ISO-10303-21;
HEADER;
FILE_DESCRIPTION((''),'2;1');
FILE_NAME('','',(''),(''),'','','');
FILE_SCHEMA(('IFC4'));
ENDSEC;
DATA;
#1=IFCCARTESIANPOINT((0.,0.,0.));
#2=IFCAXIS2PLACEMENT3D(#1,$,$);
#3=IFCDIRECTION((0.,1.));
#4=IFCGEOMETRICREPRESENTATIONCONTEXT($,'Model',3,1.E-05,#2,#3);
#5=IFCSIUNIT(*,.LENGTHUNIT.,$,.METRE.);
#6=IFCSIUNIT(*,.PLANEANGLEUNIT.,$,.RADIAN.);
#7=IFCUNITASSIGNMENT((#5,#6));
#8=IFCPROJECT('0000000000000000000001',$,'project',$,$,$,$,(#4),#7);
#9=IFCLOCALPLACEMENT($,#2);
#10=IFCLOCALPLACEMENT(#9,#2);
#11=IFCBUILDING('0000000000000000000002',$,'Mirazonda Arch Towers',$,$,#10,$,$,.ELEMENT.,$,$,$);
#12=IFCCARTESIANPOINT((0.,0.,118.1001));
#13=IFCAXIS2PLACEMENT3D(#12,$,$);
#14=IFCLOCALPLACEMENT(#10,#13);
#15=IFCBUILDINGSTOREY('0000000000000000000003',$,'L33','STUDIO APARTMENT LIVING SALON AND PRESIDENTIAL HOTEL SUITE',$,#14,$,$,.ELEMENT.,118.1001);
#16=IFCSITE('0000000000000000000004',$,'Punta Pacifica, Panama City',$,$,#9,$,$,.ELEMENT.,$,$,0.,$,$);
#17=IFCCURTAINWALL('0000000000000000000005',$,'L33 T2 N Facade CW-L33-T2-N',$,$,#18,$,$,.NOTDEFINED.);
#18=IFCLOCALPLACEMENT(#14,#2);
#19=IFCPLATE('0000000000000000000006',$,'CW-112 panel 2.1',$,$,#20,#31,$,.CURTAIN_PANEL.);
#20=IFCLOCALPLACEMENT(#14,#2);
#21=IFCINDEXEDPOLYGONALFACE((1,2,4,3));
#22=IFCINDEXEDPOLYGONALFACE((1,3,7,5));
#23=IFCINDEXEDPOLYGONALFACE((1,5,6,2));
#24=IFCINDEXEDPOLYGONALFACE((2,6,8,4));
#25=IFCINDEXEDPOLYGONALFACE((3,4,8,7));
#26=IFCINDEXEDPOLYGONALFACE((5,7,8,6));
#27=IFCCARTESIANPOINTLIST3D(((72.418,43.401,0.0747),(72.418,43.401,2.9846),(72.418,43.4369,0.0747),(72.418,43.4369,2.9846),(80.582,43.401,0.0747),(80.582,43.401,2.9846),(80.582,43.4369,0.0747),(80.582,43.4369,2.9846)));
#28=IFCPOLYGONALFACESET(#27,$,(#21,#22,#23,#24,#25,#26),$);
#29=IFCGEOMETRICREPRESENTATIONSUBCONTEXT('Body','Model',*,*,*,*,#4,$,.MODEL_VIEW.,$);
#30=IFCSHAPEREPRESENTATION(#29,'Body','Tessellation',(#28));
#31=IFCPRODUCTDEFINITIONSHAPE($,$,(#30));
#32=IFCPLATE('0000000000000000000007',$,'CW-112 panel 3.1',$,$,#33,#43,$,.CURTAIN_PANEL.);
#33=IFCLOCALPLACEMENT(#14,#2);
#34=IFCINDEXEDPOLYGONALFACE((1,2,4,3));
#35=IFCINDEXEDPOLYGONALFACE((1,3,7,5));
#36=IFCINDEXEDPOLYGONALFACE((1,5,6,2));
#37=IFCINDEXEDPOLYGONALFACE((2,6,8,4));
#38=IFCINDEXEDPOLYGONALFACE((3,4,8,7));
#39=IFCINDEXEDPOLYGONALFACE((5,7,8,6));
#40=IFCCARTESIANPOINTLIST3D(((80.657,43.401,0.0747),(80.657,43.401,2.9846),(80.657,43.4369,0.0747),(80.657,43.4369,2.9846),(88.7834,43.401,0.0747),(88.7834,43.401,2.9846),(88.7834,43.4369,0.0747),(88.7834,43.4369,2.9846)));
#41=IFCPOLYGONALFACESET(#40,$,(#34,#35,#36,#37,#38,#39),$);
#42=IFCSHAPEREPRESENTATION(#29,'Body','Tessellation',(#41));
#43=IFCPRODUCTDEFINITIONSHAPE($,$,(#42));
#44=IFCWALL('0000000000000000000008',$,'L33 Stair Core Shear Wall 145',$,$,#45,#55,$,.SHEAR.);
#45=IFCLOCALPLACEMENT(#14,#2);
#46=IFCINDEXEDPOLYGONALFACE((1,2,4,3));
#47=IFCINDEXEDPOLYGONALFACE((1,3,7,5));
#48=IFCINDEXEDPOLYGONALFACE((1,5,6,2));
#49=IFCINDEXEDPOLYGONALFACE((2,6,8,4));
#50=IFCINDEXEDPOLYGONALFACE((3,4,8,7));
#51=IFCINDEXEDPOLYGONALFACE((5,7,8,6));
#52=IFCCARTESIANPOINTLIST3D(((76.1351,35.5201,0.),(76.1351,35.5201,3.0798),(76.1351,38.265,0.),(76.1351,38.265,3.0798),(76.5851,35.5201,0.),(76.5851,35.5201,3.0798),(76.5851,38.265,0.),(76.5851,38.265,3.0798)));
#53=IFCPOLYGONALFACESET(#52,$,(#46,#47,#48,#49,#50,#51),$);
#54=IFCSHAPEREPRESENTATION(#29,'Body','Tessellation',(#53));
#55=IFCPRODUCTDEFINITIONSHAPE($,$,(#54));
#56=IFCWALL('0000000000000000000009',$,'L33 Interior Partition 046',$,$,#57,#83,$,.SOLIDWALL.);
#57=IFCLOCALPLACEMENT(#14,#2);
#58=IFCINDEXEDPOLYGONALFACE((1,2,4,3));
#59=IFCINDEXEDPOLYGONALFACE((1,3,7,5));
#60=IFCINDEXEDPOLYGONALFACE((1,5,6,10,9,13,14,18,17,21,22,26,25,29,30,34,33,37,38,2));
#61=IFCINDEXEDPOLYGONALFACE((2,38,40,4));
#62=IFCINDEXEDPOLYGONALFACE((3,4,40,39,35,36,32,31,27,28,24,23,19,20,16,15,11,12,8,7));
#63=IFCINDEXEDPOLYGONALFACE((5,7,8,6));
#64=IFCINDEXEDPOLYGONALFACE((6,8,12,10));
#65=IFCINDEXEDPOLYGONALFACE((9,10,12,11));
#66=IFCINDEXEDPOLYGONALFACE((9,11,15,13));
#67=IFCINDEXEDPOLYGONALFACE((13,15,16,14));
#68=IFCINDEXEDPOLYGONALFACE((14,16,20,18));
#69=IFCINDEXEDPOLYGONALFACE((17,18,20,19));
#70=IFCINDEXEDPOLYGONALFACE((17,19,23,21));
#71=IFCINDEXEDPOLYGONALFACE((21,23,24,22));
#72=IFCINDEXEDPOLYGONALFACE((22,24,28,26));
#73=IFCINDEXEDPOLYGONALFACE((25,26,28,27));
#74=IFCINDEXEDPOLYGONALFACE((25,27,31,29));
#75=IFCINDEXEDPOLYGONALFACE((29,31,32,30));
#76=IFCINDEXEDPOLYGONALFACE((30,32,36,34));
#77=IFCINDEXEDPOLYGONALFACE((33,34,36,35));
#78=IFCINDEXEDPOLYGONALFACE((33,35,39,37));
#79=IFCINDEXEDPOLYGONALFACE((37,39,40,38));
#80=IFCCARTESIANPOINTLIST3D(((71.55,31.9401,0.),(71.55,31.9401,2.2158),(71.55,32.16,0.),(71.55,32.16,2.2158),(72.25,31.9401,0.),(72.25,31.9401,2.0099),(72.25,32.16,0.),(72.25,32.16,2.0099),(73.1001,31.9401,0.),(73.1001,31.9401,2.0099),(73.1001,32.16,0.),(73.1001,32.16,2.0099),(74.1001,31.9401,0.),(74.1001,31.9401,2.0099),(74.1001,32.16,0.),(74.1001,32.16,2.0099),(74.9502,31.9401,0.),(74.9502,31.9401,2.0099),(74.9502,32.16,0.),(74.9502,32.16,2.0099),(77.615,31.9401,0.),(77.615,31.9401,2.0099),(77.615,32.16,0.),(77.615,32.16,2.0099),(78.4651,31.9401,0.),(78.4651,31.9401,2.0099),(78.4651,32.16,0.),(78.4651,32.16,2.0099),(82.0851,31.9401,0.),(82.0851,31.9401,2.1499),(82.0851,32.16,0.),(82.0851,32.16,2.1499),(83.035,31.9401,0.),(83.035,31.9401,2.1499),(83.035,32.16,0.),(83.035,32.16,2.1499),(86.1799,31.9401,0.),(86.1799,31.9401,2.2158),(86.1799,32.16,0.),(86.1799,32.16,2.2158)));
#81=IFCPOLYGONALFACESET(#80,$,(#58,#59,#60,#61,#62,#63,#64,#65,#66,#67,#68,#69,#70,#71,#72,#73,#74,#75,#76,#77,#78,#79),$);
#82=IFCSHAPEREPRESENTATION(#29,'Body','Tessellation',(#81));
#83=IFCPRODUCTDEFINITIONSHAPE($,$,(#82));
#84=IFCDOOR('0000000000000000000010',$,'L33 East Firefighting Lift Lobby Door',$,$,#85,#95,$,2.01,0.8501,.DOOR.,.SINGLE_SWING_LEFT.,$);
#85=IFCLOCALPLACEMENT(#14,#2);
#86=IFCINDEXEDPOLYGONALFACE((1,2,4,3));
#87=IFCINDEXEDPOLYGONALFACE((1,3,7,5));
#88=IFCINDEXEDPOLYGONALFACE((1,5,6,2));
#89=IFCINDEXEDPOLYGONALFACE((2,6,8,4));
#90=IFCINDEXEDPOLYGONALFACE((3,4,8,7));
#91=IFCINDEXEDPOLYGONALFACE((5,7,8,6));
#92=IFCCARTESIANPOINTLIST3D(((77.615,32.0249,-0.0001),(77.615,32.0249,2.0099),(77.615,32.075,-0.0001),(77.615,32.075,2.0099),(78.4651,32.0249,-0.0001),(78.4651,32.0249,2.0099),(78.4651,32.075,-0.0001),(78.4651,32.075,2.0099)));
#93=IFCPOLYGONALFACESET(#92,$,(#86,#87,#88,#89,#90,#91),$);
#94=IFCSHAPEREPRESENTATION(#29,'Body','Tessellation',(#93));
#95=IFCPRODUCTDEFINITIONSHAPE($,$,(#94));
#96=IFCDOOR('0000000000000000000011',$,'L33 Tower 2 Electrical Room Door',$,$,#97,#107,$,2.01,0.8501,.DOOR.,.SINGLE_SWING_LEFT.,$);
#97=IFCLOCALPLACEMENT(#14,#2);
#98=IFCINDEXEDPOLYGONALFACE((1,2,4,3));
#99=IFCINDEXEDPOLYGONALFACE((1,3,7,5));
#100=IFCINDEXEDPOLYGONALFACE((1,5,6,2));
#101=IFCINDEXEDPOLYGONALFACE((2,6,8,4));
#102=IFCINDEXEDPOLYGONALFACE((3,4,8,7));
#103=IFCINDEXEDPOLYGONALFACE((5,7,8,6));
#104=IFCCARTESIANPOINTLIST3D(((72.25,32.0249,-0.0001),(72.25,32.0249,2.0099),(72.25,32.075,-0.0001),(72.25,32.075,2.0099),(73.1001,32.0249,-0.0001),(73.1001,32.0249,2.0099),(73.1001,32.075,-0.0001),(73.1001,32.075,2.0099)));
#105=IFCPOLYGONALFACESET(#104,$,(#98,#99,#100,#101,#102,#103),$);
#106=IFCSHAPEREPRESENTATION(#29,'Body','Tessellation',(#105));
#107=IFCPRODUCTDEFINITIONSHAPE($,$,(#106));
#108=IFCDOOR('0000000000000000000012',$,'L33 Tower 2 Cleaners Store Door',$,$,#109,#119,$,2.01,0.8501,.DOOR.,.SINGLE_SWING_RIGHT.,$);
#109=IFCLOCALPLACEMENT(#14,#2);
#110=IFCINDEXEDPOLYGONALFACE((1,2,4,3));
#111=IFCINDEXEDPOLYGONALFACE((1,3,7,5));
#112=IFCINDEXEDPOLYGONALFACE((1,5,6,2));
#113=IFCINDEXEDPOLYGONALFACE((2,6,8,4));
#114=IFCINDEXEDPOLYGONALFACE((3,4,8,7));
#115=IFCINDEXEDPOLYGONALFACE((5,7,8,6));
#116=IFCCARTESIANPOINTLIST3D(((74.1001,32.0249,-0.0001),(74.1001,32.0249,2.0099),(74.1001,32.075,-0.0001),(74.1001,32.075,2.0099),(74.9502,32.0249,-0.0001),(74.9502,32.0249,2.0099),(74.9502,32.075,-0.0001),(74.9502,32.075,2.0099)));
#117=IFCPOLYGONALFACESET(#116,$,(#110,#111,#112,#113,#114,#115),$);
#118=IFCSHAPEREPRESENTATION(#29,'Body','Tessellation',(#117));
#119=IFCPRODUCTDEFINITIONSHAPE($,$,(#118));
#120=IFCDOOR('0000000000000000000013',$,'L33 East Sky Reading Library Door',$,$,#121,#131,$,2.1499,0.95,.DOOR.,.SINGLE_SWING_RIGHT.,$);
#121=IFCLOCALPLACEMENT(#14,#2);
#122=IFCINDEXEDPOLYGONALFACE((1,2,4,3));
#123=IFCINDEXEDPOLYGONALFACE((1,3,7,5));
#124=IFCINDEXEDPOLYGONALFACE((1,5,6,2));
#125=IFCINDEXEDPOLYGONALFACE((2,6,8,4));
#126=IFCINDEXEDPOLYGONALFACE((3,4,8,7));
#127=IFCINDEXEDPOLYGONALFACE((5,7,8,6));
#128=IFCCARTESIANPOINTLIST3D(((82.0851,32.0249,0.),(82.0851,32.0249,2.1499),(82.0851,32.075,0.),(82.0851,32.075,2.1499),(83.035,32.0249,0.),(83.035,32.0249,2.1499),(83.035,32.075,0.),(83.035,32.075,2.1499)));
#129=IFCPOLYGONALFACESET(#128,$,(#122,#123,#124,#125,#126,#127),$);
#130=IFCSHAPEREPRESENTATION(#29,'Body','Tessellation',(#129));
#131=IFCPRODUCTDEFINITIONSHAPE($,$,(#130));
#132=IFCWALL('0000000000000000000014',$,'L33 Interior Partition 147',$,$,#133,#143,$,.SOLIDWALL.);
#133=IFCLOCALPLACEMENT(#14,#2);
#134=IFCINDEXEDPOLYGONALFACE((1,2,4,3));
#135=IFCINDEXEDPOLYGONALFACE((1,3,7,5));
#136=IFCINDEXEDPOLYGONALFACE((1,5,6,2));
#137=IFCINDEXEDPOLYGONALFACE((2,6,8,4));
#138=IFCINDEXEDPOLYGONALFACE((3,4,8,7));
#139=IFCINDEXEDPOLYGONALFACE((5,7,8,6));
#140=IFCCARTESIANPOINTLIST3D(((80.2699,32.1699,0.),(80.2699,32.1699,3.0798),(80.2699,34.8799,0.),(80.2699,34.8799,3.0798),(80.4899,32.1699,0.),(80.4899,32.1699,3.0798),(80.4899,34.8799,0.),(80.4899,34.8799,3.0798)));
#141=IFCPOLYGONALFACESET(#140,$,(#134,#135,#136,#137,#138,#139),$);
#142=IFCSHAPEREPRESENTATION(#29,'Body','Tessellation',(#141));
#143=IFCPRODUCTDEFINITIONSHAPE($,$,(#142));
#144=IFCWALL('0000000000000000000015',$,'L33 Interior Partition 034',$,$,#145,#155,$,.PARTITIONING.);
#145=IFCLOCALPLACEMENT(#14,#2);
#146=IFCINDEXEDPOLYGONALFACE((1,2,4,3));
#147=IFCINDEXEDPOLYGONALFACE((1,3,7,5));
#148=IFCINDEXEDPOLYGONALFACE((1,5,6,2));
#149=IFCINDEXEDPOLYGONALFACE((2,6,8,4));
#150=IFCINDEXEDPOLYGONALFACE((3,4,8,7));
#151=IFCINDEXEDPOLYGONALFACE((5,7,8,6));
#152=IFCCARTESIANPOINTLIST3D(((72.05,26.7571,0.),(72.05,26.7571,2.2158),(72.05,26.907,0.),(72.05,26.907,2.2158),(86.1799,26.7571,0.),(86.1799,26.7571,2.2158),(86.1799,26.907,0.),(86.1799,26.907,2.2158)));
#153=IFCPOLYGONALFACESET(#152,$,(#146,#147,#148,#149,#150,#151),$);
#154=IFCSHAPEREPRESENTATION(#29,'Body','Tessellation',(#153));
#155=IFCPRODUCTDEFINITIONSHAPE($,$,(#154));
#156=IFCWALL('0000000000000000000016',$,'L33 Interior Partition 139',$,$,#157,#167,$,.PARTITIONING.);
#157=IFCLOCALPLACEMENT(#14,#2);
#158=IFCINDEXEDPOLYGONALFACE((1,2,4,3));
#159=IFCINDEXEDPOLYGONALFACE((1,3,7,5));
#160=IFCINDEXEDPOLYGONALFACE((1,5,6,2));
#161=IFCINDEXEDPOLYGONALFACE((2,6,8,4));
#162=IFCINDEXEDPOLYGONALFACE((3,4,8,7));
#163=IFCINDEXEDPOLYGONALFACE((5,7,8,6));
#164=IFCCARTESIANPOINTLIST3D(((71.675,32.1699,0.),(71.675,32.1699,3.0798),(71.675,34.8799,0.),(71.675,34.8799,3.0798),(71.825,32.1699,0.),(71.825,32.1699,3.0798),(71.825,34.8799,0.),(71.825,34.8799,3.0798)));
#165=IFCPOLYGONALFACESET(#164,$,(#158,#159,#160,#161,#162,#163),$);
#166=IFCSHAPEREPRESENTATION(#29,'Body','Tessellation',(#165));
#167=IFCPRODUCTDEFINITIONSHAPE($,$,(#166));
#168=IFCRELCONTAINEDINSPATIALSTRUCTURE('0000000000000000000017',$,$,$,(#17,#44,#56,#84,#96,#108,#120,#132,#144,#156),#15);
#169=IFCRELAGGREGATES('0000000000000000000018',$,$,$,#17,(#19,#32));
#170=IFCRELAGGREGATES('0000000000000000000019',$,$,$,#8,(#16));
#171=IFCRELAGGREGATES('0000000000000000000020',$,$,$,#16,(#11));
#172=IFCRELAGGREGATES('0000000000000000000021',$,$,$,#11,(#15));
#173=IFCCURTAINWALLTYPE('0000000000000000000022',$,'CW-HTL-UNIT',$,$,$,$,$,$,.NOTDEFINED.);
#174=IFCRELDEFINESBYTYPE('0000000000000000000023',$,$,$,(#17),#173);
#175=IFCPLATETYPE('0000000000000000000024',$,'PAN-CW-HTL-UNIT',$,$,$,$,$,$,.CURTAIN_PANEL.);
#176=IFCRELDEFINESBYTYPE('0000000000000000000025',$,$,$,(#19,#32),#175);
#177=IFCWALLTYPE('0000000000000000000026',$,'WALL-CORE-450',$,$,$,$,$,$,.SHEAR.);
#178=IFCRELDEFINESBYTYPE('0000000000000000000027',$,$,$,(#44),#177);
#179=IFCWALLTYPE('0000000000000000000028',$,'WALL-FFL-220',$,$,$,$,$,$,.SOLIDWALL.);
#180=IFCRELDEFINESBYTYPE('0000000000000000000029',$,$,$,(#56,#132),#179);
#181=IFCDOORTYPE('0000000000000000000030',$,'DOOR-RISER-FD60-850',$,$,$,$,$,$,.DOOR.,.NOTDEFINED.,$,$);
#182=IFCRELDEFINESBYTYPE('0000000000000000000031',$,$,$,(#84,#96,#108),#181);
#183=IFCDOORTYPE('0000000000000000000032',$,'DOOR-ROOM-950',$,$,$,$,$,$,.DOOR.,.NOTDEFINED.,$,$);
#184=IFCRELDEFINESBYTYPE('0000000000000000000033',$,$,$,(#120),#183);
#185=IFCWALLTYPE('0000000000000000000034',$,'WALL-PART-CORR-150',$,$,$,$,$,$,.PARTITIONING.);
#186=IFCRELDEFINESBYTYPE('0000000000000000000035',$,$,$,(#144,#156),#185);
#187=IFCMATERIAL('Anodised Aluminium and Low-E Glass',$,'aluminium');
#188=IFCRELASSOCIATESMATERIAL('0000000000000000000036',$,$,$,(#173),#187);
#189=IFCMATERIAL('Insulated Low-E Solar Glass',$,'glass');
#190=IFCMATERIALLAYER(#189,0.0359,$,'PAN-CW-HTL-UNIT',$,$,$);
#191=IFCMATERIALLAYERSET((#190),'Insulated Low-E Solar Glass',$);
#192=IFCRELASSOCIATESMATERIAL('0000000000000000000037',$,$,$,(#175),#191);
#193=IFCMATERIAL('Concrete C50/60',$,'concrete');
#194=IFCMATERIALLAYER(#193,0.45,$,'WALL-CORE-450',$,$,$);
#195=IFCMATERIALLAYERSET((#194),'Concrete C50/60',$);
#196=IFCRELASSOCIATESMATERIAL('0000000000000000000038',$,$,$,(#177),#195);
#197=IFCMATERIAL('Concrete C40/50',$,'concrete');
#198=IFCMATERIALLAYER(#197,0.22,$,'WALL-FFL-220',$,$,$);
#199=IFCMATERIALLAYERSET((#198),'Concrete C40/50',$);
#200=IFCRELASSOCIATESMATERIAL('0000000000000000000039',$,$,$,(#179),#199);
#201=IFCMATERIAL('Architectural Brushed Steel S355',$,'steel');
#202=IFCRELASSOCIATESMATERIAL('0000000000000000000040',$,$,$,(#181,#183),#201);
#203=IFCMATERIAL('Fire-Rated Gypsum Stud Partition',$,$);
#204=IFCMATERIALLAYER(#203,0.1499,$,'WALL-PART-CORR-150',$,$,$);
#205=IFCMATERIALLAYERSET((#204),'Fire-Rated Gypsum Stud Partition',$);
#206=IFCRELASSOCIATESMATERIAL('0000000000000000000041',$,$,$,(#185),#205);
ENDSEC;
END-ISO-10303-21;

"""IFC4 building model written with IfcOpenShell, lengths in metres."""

from ifc_helpers import new_model, si_unit, direction, frame, frame_2d, origin, origin_2d, place, context, subcontext, project, spatial, rectangle, extrude, material, layer, layer_set, type_object, element, fill, aggregate, save


model = new_model("IFC4")

# Units and contexts
model_context = context("Model", 3, precision=1e-05, world=origin(), true_north=direction((0.0, 1.0)))
body_context = subcontext(model_context, "Body", "Model", "MODEL_VIEW")
ifc_project = project(units=[si_unit("LENGTHUNIT", "METRE"), si_unit("PLANEANGLEUNIT", "RADIAN")], contexts=[model_context])

# Site, building, storey
site_placement = place(None, origin())
site = spatial("IfcSite", under=ifc_project, at=site_placement, Name="Punta Pacifica, Panama City", CompositionType="ELEMENT", RefElevation=0.0)
building_placement = place(site_placement, origin())
building = spatial("IfcBuilding", under=site, at=building_placement, Name="Mirazonda Arch Towers", CompositionType="ELEMENT")
storey_placement = place(building_placement, frame((0.0, 0.0, 118.1001)))
storey = spatial("IfcBuildingStorey", under=building, at=storey_placement, Name="L33", Description="STUDIO APARTMENT LIVING SALON AND PRESIDENTIAL HOTEL SUITE", CompositionType="ELEMENT", Elevation=118.1001)

# Shared definitions
ifc_material_1 = material(Name="Concrete C50/60", Category="concrete")

# Curtain wall, plates
ifc_material_2 = material(Name="Anodised Aluminium and Low-E Glass", Category="aluminium")
curtain_wall_type = type_object("IfcCurtainWallType", Name="CW-HTL-UNIT", PredefinedType="NOTDEFINED", material=ifc_material_2)
curtain_wall_placement = place(storey_placement, origin())
curtain_wall = element("IfcCurtainWall", 1, at=curtain_wall_placement, inside=storey, type_object=curtain_wall_type, Name="L33 T2 N Facade CW-L33-T2-N", PredefinedType="NOTDEFINED")
ifc_material_3 = material(Name="Insulated Low-E Solar Glass", Category="glass")
ifc_layer_1 = layer(ifc_material_3, 0.0359, Name="PAN-CW-HTL-UNIT")
ifc_layer_set_1 = layer_set([ifc_layer_1], Name="Insulated Low-E Solar Glass")
plate_type = type_object("IfcPlateType", Name="PAN-CW-HTL-UNIT", PredefinedType="CURTAIN_PANEL", material=ifc_layer_set_1)
plate_1_placement = place(storey_placement, frame((76.5, 43.4189, 0.0747), z_axis=(0.0, 0.0, 1.0), x_axis=(1.0, 0.0, 0.0)))
plate_1 = element("IfcPlate", 2, at=plate_1_placement, type_object=plate_type, Name="CW-112 panel 2.1", PredefinedType="CURTAIN_PANEL", context=body_context, shape_type="SweptSolid", body=[
    extrude(rectangle(XDim=8.1641, YDim=0.0359, at=origin_2d()), origin(), (0.0, 0.0, 1.0), 2.9099),
])
plate_2_placement = place(storey_placement, frame((84.7202, 43.4189, 0.0747), z_axis=(0.0, 0.0, 1.0), x_axis=(1.0, 0.0, 0.0)))
plate_2 = element("IfcPlate", 3, at=plate_2_placement, type_object=plate_type, Name="CW-112 panel 3.1", PredefinedType="CURTAIN_PANEL", context=body_context, shape_type="SweptSolid", body=[
    extrude(rectangle(XDim=8.1265, YDim=0.0359, at=origin_2d()), origin(), (0.0, 0.0, 1.0), 2.9099),
])
aggregate(curtain_wall, [plate_1, plate_2])

# Wall
ifc_layer_2 = layer(ifc_material_1, 0.45, Name="WALL-CORE-450")
ifc_layer_set_2 = layer_set([ifc_layer_2], Name="Concrete C50/60")
wall_type_1 = type_object("IfcWallType", Name="WALL-CORE-450", PredefinedType="SHEAR", material=ifc_layer_set_2)
wall_1_placement = place(storey_placement, frame((76.3601, 35.52, 0.0), z_axis=(0.0, 0.0, 1.0), x_axis=(0.0, 1.0, 0.0)))
element("IfcWall", 4, at=wall_1_placement, inside=storey, type_object=wall_type_1, Name="L33 Stair Core Shear Wall 145", PredefinedType="SHEAR", context=body_context, shape_type="SweptSolid", body=[
    extrude(rectangle(XDim=2.7449, YDim=0.45, at=frame_2d((1.3726, 0.0))), origin(), (0.0, 0.0, 1.0), 3.0798),
])

# Wall, openings, doors
ifc_material_4 = material(Name="Concrete C40/50", Category="concrete")
ifc_layer_3 = layer(ifc_material_4, 0.22, Name="WALL-FFL-220")
ifc_layer_set_3 = layer_set([ifc_layer_3], Name="Concrete C40/50")
wall_type_2 = type_object("IfcWallType", Name="WALL-FFL-220", PredefinedType="SOLIDWALL", material=ifc_layer_set_3)
wall_2_placement = place(storey_placement, frame((71.55, 32.05, 0.0), z_axis=(0.0, 0.0, 1.0), x_axis=(1.0, 0.0, 0.0)))
wall_2 = element("IfcWall", 5, at=wall_2_placement, inside=storey, type_object=wall_type_2, Name="L33 Interior Partition 046", PredefinedType="SOLIDWALL", context=body_context, shape_type="SweptSolid", body=[
    extrude(rectangle(XDim=14.6299, YDim=0.22, at=frame_2d((7.3149, 0.0))), origin(), (0.0, 0.0, 1.0), 2.2158),
])
opening_1_placement = place(wall_2_placement, frame((6.0649, 0.0, 0.0)))
opening_1 = element("IfcOpeningElement", 6, at=opening_1_placement, cuts=wall_2, PredefinedType="OPENING", context=body_context, shape_type="SweptSolid", body=[
    extrude(rectangle(XDim=0.8501, YDim=2.01, at=frame_2d((0.425, 1.0049))), frame((0.0, 0.1199, 0.0), z_axis=(0.0, -1.0, 0.0), x_axis=(1.0, 0.0, 0.0)), (0.0, 0.0, 1.0), 0.24),
])
opening_2_placement = place(wall_2_placement, frame((10.5349, 0.0, 0.0)))
opening_2 = element("IfcOpeningElement", 7, at=opening_2_placement, cuts=wall_2, PredefinedType="OPENING", context=body_context, shape_type="SweptSolid", body=[
    extrude(rectangle(XDim=0.95, YDim=2.1499, at=frame_2d((0.4751, 1.075))), frame((0.0, 0.1199, 0.0), z_axis=(0.0, -1.0, 0.0), x_axis=(1.0, 0.0, 0.0)), (0.0, 0.0, 1.0), 0.24),
])
opening_3_placement = place(wall_2_placement, frame((0.7, 0.0, 0.0)))
opening_3 = element("IfcOpeningElement", 8, at=opening_3_placement, cuts=wall_2, PredefinedType="OPENING", context=body_context, shape_type="SweptSolid", body=[
    extrude(rectangle(XDim=0.8501, YDim=2.01, at=frame_2d((0.425, 1.0049))), frame((0.0, 0.1199, 0.0), z_axis=(0.0, -1.0, 0.0), x_axis=(1.0, 0.0, 0.0)), (0.0, 0.0, 1.0), 0.24),
])
opening_4_placement = place(wall_2_placement, frame((2.55, 0.0, 0.0)))
opening_4 = element("IfcOpeningElement", 9, at=opening_4_placement, cuts=wall_2, PredefinedType="OPENING", context=body_context, shape_type="SweptSolid", body=[
    extrude(rectangle(XDim=0.8501, YDim=2.01, at=frame_2d((0.425, 1.0049))), frame((0.0, 0.1199, 0.0), z_axis=(0.0, -1.0, 0.0), x_axis=(1.0, 0.0, 0.0)), (0.0, 0.0, 1.0), 0.24),
])
ifc_material_5 = material(Name="Architectural Brushed Steel S355", Category="steel")
door_type_1 = type_object("IfcDoorType", Name="DOOR-RISER-FD60-850", OperationType="NOTDEFINED", PredefinedType="DOOR", material=ifc_material_5)
door_1_placement = place(opening_1_placement, origin())
door_1 = element("IfcDoor", 10, at=door_1_placement, inside=storey, type_object=door_type_1, Name="L33 East Firefighting Lift Lobby Door", OperationType="SINGLE_SWING_LEFT", OverallHeight=2.01, OverallWidth=0.8501, PredefinedType="DOOR", context=body_context, shape_type="SweptSolid", body=[
    extrude(rectangle(XDim=0.8501, YDim=2.01, at=frame_2d((0.425, 1.0049))), frame((0.0, 0.0249, 0.0), z_axis=(0.0, -1.0, 0.0), x_axis=(1.0, 0.0, 0.0)), (0.0, 0.0, 1.0), 0.05),
])
fill(opening_1, door_1)
door_2_placement = place(opening_3_placement, origin())
door_2 = element("IfcDoor", 11, at=door_2_placement, inside=storey, type_object=door_type_1, Name="L33 Tower 2 Electrical Room Door", OperationType="SINGLE_SWING_LEFT", OverallHeight=2.01, OverallWidth=0.8501, PredefinedType="DOOR", context=body_context, shape_type="SweptSolid", body=[
    extrude(rectangle(XDim=0.8501, YDim=2.01, at=frame_2d((0.425, 1.0049))), frame((0.0, 0.0249, 0.0), z_axis=(0.0, -1.0, 0.0), x_axis=(1.0, 0.0, 0.0)), (0.0, 0.0, 1.0), 0.05),
])
fill(opening_3, door_2)
door_3_placement = place(opening_4_placement, origin())
door_3 = element("IfcDoor", 12, at=door_3_placement, inside=storey, type_object=door_type_1, Name="L33 Tower 2 Cleaners Store Door", OperationType="SINGLE_SWING_RIGHT", OverallHeight=2.01, OverallWidth=0.8501, PredefinedType="DOOR", context=body_context, shape_type="SweptSolid", body=[
    extrude(rectangle(XDim=0.8501, YDim=2.01, at=frame_2d((0.425, 1.0049))), frame((0.0, 0.0249, 0.0), z_axis=(0.0, -1.0, 0.0), x_axis=(1.0, 0.0, 0.0)), (0.0, 0.0, 1.0), 0.05),
])
fill(opening_4, door_3)
door_type_2 = type_object("IfcDoorType", Name="DOOR-ROOM-950", OperationType="NOTDEFINED", PredefinedType="DOOR", material=ifc_material_5)
door_4_placement = place(opening_2_placement, origin())
door_4 = element("IfcDoor", 13, at=door_4_placement, inside=storey, type_object=door_type_2, Name="L33 East Sky Reading Library Door", OperationType="SINGLE_SWING_RIGHT", OverallHeight=2.1499, OverallWidth=0.95, PredefinedType="DOOR", context=body_context, shape_type="SweptSolid", body=[
    extrude(rectangle(XDim=0.95, YDim=2.1499, at=frame_2d((0.4751, 1.075))), frame((0.0, 0.0249, 0.0), z_axis=(0.0, -1.0, 0.0), x_axis=(1.0, 0.0, 0.0)), (0.0, 0.0, 1.0), 0.05),
])
fill(opening_2, door_4)

# Walls
wall_3_placement = place(storey_placement, frame((80.3799, 32.1699, 0.0), z_axis=(0.0, 0.0, 1.0), x_axis=(0.0, 1.0, 0.0)))
element("IfcWall", 14, at=wall_3_placement, inside=storey, type_object=wall_type_2, Name="L33 Interior Partition 147", PredefinedType="SOLIDWALL", context=body_context, shape_type="SweptSolid", body=[
    extrude(rectangle(XDim=2.71, YDim=0.22, at=frame_2d((1.355, 0.0))), origin(), (0.0, 0.0, 1.0), 3.0798),
])
ifc_material_6 = material(Name="Fire-Rated Gypsum Stud Partition")
ifc_layer_4 = layer(ifc_material_6, 0.1499, Name="WALL-PART-CORR-150")
ifc_layer_set_4 = layer_set([ifc_layer_4], Name="Fire-Rated Gypsum Stud Partition")
wall_type_3 = type_object("IfcWallType", Name="WALL-PART-CORR-150", PredefinedType="PARTITIONING", material=ifc_layer_set_4)
wall_4_placement = place(storey_placement, frame((72.05, 26.832, 0.0), z_axis=(0.0, 0.0, 1.0), x_axis=(1.0, 0.0, 0.0)))
element("IfcWall", 15, at=wall_4_placement, inside=storey, type_object=wall_type_3, Name="L33 Interior Partition 034", PredefinedType="PARTITIONING", context=body_context, shape_type="SweptSolid", body=[
    extrude(rectangle(XDim=14.1299, YDim=0.1499, at=frame_2d((7.0649, 0.0))), origin(), (0.0, 0.0, 1.0), 2.2158),
])
wall_5_placement = place(storey_placement, frame((71.75, 32.1699, 0.0), z_axis=(0.0, 0.0, 1.0), x_axis=(0.0, 1.0, 0.0)))
element("IfcWall", 16, at=wall_5_placement, inside=storey, type_object=wall_type_3, Name="L33 Interior Partition 139", PredefinedType="PARTITIONING", context=body_context, shape_type="SweptSolid", body=[
    extrude(rectangle(XDim=2.71, YDim=0.1499, at=frame_2d((1.355, 0.0))), origin(), (0.0, 0.0, 1.0), 3.0798),
])

save(model, "model.ifc")
